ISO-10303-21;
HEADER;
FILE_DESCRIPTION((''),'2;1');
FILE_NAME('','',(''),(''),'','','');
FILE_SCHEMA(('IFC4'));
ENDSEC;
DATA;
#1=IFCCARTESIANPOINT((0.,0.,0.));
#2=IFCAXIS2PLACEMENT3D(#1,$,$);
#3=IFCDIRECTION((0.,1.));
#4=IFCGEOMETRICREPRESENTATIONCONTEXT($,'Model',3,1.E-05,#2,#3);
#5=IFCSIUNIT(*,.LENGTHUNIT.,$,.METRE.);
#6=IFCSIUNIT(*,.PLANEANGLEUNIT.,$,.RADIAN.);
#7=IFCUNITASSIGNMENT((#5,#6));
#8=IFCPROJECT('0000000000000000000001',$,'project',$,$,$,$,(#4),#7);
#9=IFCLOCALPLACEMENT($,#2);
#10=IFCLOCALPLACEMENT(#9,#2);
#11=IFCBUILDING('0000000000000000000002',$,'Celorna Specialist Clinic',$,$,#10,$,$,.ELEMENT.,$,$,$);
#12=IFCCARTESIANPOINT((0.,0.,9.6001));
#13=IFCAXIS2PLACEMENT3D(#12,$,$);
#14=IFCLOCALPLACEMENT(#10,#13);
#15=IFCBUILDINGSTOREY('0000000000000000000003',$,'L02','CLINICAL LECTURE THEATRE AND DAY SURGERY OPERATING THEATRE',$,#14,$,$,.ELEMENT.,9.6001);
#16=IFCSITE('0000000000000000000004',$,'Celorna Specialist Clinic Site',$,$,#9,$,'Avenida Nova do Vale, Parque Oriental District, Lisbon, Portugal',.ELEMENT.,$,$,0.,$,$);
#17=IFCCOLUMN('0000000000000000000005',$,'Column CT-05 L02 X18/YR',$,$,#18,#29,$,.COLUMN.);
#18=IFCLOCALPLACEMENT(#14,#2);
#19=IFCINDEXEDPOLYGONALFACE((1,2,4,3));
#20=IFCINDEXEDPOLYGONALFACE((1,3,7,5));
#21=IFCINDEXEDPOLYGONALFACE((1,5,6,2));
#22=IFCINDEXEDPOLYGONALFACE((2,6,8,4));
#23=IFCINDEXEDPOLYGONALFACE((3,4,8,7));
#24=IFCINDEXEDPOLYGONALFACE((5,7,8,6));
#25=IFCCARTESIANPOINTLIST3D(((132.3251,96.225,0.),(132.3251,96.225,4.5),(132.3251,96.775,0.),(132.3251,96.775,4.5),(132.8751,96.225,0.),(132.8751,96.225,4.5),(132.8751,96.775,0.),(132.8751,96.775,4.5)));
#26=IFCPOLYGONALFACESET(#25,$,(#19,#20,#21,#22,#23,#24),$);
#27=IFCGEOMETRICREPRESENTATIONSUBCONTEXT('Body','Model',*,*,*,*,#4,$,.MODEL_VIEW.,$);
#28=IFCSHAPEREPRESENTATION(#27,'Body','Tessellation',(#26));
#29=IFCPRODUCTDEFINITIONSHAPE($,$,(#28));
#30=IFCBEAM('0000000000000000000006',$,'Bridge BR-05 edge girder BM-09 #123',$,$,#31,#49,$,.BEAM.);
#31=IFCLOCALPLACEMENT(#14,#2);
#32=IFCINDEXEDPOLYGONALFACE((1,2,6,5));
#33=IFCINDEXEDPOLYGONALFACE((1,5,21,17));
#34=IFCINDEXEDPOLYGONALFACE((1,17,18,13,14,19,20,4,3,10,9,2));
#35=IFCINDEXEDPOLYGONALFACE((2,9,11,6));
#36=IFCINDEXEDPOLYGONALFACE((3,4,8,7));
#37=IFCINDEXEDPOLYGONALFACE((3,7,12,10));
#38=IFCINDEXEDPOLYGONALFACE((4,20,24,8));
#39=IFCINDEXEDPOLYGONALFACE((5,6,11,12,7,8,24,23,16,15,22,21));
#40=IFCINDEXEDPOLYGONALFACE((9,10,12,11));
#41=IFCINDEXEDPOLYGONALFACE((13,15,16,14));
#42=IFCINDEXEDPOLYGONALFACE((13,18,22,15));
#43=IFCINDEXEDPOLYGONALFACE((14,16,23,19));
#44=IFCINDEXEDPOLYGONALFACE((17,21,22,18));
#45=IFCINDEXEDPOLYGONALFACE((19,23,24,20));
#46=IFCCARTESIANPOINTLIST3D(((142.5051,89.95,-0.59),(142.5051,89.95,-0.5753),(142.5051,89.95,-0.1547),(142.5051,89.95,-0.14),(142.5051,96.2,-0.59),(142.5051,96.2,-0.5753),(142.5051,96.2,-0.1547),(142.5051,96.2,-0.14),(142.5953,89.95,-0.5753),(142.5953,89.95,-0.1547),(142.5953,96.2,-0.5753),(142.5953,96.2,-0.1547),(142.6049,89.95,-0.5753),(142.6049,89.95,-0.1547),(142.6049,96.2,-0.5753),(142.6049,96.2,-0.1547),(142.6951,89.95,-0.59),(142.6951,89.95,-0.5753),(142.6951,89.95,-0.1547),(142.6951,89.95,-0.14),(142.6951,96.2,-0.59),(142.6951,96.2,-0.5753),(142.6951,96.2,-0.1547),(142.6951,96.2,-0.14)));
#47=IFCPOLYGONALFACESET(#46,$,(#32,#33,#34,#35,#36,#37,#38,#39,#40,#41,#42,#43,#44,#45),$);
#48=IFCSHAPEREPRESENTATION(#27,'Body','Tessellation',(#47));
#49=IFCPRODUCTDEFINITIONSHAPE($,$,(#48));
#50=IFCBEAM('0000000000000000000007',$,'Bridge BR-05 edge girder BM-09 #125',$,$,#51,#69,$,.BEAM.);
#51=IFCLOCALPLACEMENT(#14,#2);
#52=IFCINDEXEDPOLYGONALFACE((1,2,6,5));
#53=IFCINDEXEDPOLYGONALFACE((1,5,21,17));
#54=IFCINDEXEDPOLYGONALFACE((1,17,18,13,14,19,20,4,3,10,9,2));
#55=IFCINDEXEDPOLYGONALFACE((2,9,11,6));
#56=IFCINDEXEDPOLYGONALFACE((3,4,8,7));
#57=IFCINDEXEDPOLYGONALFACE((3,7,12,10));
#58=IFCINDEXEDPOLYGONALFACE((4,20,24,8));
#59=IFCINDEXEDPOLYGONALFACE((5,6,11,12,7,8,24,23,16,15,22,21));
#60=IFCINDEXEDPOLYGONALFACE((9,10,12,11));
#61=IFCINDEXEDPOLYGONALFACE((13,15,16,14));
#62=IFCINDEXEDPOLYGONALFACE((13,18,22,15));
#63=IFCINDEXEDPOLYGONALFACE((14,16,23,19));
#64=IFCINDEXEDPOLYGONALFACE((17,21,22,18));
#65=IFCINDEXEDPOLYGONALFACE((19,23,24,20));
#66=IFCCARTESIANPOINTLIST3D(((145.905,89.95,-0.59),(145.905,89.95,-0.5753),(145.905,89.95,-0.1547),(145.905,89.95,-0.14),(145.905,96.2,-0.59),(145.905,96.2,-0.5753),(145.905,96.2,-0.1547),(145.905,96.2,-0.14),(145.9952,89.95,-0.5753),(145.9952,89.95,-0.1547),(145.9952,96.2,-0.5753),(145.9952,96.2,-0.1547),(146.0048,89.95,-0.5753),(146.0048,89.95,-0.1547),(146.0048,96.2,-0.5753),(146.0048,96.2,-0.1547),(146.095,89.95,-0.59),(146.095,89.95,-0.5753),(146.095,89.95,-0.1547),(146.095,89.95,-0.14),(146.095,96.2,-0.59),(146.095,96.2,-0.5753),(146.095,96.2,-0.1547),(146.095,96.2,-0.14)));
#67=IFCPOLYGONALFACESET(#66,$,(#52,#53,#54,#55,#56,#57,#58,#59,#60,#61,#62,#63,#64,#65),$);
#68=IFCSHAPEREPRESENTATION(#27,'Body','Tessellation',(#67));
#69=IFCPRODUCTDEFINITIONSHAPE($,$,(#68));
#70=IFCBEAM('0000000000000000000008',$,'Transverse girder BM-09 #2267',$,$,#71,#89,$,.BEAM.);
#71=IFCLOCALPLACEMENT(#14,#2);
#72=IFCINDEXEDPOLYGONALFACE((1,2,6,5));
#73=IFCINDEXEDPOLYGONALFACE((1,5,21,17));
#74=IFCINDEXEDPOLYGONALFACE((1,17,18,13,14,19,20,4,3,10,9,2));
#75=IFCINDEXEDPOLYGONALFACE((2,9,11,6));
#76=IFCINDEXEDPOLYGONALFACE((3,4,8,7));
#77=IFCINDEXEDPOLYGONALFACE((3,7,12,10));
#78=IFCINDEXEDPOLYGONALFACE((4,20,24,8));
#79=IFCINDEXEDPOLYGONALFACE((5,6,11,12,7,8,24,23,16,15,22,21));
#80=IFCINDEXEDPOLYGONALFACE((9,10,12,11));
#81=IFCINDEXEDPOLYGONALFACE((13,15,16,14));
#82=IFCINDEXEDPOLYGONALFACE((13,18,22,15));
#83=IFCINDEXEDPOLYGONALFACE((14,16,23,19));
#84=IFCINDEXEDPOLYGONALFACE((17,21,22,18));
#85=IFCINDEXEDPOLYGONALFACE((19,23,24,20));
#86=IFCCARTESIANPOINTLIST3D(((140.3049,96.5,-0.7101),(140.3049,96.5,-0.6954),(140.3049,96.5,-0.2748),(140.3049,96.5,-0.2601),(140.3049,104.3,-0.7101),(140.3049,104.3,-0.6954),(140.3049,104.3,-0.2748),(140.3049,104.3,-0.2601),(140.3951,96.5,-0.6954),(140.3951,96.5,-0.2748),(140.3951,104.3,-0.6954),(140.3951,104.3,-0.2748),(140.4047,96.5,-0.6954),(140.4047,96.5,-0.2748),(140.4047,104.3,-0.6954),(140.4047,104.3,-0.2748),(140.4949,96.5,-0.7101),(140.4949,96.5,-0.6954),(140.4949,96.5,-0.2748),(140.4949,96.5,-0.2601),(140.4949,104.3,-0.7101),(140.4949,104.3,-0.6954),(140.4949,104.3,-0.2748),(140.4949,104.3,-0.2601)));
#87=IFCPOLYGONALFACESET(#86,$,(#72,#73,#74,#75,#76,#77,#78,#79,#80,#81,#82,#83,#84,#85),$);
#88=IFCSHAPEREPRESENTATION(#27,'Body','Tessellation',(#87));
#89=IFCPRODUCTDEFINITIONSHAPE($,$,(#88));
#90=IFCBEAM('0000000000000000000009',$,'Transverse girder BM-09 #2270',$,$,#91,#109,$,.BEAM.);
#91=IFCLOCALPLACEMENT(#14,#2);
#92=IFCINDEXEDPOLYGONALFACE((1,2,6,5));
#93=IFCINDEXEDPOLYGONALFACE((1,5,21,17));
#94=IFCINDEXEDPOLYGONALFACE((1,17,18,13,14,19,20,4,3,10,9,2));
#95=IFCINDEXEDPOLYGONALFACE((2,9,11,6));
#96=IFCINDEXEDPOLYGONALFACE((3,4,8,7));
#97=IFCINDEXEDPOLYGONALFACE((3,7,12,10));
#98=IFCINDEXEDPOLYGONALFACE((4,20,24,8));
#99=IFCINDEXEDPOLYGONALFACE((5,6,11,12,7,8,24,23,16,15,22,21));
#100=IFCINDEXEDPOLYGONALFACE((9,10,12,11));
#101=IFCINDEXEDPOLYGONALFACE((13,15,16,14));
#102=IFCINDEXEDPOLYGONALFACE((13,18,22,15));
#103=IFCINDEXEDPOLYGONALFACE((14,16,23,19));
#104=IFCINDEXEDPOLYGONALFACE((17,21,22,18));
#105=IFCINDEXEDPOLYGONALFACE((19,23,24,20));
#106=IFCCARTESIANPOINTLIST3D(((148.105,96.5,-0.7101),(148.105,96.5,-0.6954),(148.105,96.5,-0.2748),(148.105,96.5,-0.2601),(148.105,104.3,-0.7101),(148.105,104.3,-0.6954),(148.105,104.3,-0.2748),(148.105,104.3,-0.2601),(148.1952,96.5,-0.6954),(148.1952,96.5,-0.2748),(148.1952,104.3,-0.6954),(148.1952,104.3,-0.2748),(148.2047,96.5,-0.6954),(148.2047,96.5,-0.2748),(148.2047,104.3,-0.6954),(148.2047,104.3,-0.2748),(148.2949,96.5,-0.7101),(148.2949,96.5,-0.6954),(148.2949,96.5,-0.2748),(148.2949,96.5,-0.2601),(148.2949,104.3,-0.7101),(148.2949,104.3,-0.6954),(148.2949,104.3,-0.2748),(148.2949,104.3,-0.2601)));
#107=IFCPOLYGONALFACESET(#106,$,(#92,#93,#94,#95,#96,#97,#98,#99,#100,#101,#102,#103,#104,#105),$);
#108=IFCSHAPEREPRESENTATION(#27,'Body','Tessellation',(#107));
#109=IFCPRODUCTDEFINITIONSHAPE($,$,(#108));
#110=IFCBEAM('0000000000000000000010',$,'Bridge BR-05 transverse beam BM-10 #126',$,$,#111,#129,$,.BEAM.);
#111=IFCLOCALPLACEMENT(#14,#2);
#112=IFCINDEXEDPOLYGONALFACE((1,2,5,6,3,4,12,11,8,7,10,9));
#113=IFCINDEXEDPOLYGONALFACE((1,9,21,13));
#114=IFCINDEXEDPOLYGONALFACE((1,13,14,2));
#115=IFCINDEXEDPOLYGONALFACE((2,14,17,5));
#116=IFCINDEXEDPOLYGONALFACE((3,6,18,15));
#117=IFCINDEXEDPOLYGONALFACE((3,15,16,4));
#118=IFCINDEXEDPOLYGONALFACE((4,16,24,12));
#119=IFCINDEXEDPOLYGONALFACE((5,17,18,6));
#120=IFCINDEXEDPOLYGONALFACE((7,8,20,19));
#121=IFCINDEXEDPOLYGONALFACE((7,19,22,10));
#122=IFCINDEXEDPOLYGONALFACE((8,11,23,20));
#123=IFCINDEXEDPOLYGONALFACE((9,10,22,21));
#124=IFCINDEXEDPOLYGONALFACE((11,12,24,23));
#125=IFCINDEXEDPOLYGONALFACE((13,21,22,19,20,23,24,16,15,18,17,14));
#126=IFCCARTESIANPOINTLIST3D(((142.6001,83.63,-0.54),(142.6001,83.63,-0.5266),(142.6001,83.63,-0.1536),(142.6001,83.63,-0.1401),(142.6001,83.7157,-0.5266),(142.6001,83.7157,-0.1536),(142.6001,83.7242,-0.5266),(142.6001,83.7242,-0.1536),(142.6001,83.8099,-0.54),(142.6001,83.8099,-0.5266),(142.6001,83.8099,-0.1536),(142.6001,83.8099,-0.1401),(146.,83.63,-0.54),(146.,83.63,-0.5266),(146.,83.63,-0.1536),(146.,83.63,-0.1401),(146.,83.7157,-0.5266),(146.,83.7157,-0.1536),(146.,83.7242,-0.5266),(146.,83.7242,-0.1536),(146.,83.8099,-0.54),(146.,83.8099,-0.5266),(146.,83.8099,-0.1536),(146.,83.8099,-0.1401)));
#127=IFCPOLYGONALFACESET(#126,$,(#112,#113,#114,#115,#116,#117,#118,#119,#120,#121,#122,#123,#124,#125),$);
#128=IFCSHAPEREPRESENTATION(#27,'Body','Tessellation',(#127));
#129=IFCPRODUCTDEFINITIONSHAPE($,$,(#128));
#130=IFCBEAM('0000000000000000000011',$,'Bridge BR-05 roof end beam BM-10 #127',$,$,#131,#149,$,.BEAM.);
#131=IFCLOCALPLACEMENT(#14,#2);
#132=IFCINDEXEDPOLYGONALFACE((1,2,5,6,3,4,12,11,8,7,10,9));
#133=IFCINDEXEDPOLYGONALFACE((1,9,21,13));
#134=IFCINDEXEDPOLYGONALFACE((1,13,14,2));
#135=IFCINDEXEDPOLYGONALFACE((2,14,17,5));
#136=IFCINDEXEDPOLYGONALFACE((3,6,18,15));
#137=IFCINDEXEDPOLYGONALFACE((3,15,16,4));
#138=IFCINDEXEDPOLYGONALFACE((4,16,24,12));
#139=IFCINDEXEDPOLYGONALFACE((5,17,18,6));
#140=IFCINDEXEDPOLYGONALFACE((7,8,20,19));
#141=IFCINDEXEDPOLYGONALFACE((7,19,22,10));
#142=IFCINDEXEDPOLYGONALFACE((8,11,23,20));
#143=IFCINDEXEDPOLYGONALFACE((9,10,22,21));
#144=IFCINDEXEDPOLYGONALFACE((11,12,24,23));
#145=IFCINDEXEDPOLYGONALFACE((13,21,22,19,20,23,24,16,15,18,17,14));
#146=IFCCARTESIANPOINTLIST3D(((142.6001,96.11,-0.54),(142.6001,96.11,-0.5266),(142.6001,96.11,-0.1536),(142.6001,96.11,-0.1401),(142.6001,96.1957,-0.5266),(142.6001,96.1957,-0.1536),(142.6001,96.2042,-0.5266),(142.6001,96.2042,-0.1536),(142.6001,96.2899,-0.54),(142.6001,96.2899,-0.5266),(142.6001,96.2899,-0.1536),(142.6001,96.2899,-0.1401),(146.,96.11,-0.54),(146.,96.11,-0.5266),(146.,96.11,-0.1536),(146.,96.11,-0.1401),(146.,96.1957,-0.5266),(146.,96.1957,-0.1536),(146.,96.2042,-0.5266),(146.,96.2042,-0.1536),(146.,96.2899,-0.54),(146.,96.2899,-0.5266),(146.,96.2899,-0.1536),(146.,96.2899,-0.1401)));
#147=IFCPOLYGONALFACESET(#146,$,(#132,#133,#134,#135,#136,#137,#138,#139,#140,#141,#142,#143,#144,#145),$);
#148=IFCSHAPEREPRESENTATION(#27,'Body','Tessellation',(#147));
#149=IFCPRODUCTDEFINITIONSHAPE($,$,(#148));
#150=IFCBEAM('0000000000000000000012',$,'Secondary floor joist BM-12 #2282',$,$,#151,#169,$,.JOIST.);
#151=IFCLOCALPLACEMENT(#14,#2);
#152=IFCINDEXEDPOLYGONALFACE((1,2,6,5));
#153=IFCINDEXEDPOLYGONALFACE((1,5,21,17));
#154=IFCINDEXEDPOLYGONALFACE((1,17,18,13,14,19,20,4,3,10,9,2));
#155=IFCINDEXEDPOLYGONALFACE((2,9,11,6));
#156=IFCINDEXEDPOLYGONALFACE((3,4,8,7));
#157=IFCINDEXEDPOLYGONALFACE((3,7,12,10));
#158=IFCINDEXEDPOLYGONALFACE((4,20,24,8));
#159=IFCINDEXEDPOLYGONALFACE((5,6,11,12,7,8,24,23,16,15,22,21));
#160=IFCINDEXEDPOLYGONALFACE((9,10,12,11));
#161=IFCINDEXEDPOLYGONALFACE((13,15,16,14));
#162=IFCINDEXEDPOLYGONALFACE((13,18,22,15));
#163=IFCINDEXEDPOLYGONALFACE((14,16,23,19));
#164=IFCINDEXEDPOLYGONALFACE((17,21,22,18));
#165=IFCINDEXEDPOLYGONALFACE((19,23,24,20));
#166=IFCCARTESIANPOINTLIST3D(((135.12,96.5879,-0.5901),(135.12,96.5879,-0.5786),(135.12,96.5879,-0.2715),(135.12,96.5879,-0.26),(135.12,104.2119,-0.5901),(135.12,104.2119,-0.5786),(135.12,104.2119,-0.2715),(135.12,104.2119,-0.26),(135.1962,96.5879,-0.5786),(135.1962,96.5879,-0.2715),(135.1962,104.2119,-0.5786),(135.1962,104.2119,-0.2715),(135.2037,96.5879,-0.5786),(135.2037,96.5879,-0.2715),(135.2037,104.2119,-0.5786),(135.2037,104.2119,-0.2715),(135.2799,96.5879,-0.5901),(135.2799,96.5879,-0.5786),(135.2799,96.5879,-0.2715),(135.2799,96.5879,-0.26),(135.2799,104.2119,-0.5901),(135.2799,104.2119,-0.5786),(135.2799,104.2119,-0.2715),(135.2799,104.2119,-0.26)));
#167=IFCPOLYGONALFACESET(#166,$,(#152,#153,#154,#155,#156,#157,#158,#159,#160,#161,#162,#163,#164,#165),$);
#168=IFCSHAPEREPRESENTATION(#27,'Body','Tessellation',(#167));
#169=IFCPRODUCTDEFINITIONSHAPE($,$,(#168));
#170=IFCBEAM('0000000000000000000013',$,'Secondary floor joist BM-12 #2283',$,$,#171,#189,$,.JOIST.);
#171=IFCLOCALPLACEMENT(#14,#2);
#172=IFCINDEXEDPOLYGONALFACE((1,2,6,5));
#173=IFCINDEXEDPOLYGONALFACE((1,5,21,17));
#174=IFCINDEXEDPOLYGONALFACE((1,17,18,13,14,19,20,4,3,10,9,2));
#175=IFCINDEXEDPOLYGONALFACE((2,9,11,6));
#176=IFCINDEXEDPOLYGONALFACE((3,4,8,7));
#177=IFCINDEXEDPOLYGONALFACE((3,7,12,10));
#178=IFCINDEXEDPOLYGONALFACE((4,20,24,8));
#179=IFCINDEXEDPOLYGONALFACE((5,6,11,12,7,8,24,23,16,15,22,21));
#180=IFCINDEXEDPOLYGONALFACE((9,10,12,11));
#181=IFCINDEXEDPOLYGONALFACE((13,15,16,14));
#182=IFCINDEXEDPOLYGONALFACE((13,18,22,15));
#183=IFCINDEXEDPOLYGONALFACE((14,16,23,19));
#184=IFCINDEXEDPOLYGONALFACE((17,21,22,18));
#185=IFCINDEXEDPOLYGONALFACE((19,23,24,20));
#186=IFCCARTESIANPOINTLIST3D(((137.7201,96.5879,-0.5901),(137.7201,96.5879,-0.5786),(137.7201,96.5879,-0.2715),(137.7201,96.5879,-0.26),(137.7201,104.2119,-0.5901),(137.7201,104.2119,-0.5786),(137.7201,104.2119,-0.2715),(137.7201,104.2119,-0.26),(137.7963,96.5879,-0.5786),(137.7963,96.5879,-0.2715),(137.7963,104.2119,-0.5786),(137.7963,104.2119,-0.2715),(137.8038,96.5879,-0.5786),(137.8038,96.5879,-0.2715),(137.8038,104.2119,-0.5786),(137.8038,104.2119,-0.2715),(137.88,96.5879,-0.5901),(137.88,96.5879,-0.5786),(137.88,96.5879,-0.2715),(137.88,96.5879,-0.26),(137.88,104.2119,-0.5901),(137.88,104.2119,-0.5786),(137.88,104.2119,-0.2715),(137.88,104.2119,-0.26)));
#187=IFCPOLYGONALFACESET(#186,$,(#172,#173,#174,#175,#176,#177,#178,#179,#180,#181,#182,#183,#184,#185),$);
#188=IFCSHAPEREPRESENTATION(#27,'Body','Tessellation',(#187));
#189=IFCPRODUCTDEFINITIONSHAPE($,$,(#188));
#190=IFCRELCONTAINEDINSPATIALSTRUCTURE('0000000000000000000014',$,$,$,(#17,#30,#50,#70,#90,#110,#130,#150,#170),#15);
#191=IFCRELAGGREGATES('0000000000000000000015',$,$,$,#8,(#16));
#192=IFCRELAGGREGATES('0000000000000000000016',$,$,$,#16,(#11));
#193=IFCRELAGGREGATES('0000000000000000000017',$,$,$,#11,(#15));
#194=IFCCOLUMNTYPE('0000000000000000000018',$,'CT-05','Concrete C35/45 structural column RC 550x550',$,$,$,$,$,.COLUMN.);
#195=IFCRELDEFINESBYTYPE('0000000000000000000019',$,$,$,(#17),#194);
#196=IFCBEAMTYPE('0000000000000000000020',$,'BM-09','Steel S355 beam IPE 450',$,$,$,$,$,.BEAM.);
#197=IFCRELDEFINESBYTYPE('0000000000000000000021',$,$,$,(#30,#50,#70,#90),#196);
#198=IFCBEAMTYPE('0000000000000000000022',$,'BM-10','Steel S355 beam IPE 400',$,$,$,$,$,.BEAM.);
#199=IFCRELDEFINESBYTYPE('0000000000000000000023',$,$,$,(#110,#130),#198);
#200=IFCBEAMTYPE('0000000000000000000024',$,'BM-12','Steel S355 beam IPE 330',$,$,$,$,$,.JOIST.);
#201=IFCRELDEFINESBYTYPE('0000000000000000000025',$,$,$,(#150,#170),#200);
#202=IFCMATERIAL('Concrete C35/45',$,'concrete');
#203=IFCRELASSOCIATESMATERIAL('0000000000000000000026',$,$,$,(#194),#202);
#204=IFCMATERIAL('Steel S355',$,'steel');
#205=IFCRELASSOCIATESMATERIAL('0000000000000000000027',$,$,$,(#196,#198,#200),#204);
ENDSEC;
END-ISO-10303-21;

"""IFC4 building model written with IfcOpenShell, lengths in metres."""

from ifc_helpers import new_model, si_unit, direction, frame, origin, origin_2d, place, context, subcontext, project, spatial, rectangle, i_section, extrude, material, material_profile, profile_set, type_object, element, save


model = new_model("IFC4")

# Units and contexts
model_context = context("Model", 3, precision=1e-05, world=origin(), true_north=direction((0.0, 1.0)))
body_context = subcontext(model_context, "Body", "Model", "MODEL_VIEW")
ifc_project = project(units=[si_unit("LENGTHUNIT", "METRE"), si_unit("PLANEANGLEUNIT", "RADIAN")], contexts=[model_context])

# Site, building, storey
site_placement = place(None, origin())
site = spatial("IfcSite", under=ifc_project, at=site_placement, Name="Celorna Specialist Clinic Site", LongName="Avenida Nova do Vale, Parque Oriental District, Lisbon, Portugal", CompositionType="ELEMENT", RefElevation=0.0)
building_placement = place(site_placement, origin())
building = spatial("IfcBuilding", under=site, at=building_placement, Name="Celorna Specialist Clinic", CompositionType="ELEMENT")
storey_placement = place(building_placement, frame((0.0, 0.0, 9.6001)))
storey = spatial("IfcBuildingStorey", under=building, at=storey_placement, Name="L02", Description="CLINICAL LECTURE THEATRE AND DAY SURGERY OPERATING THEATRE", CompositionType="ELEMENT", Elevation=9.6001)

# Column
ifc_material_1 = material(Name="Concrete C35/45", Category="concrete")
ifc_material_profile_1 = material_profile(ifc_material_1, rectangle(XDim=0.55, YDim=0.55, at=origin_2d()), Name="RC 550x550")
ifc_profile_set_1 = profile_set([ifc_material_profile_1], Name="Concrete C35/45")
column_type = type_object("IfcColumnType", Name="CT-05", Description="Concrete C35/45 structural column RC 550x550", PredefinedType="COLUMN", material=ifc_profile_set_1)
column_placement = place(storey_placement, frame((132.6001, 96.5, 0.0), z_axis=(0.0, 0.0, 1.0), x_axis=(1.0, 0.0, 0.0)))
element("IfcColumn", 1, at=column_placement, inside=storey, type_object=column_type, Name="Column CT-05 L02 X18/YR", PredefinedType="COLUMN", context=body_context, shape_type="SweptSolid", body=[
    extrude(rectangle(XDim=0.55, YDim=0.55, at=origin_2d()), origin(), (0.0, 0.0, 1.0), 4.5),
])

# Beams
ifc_material_2 = material(Name="Steel S355", Category="steel")
ifc_material_profile_2 = material_profile(ifc_material_2, i_section(OverallWidth=0.1899, OverallDepth=0.45, WebThickness=0.0095, FlangeThickness=0.0146, at=origin_2d()), Name="IPE 450")
ifc_profile_set_2 = profile_set([ifc_material_profile_2], Name="Steel S355")
beam_type_1 = type_object("IfcBeamType", Name="BM-09", Description="Steel S355 beam IPE 450", PredefinedType="BEAM", material=ifc_profile_set_2)
for number, where, z_axis, x_axis, name in (
    (2, (142.6001, 89.95, -0.365), (0.0, 1.0, 0.0), (-1.0, 0.0, 0.0), "Bridge BR-05 edge girder BM-09 #123"),
    (3, (146.0, 89.95, -0.365), (0.0, 1.0, 0.0), (-1.0, 0.0, 0.0), "Bridge BR-05 edge girder BM-09 #125"),
):
    element("IfcBeam", number, at=place(storey_placement, frame(where, z_axis=z_axis, x_axis=x_axis)), inside=storey, type_object=beam_type_1, Name=name, PredefinedType="BEAM", context=body_context, shape_type="SweptSolid", body=[
        extrude(i_section(OverallWidth=0.1899, OverallDepth=0.45, WebThickness=0.0095, FlangeThickness=0.0146, at=origin_2d()), origin(), (0.0, 0.0, 1.0), 6.25),
    ])
for number, where, z_axis, x_axis, name in (
    (4, (140.3999, 96.5, -0.4851), (0.0, 1.0, 0.0), (-1.0, 0.0, 0.0), "Transverse girder BM-09 #2267"),
    (5, (148.2, 96.5, -0.4851), (0.0, 1.0, 0.0), (-1.0, 0.0, 0.0), "Transverse girder BM-09 #2270"),
):
    element("IfcBeam", number, at=place(storey_placement, frame(where, z_axis=z_axis, x_axis=x_axis)), inside=storey, type_object=beam_type_1, Name=name, PredefinedType="BEAM", context=body_context, shape_type="SweptSolid", body=[
        extrude(i_section(OverallWidth=0.1899, OverallDepth=0.45, WebThickness=0.0095, FlangeThickness=0.0146, at=origin_2d()), origin(), (0.0, 0.0, 1.0), 7.8),
    ])
ifc_material_profile_3 = material_profile(ifc_material_2, i_section(OverallWidth=0.1799, OverallDepth=0.3999, WebThickness=0.0085, FlangeThickness=0.0134, at=origin_2d()), Name="IPE 400")
ifc_profile_set_3 = profile_set([ifc_material_profile_3], Name="Steel S355")
beam_type_2 = type_object("IfcBeamType", Name="BM-10", Description="Steel S355 beam IPE 400", PredefinedType="BEAM", material=ifc_profile_set_3)
for number, where, z_axis, x_axis, name in (
    (6, (142.6001, 83.72, -0.3401), (1.0, 0.0, 0.0), (0.0, 1.0, 0.0), "Bridge BR-05 transverse beam BM-10 #126"),
    (7, (142.6001, 96.2, -0.3401), (1.0, 0.0, 0.0), (0.0, 1.0, 0.0), "Bridge BR-05 roof end beam BM-10 #127"),
):
    element("IfcBeam", number, at=place(storey_placement, frame(where, z_axis=z_axis, x_axis=x_axis)), inside=storey, type_object=beam_type_2, Name=name, PredefinedType="BEAM", context=body_context, shape_type="SweptSolid", body=[
        extrude(i_section(OverallWidth=0.1799, OverallDepth=0.3999, WebThickness=0.0085, FlangeThickness=0.0134, at=origin_2d()), origin(), (0.0, 0.0, 1.0), 3.3999),
    ])
ifc_material_profile_4 = material_profile(ifc_material_2, i_section(OverallWidth=0.1599, OverallDepth=0.3301, WebThickness=0.0076, FlangeThickness=0.0115, at=origin_2d()), Name="IPE 330")
ifc_profile_set_4 = profile_set([ifc_material_profile_4], Name="Steel S355")
beam_type_3 = type_object("IfcBeamType", Name="BM-12", Description="Steel S355 beam IPE 330", PredefinedType="JOIST", material=ifc_profile_set_4)
for number, where, z_axis, x_axis, name in (
    (8, (135.2, 96.5879, -0.425), (0.0, 1.0, 0.0), (-1.0, 0.0, 0.0), "Secondary floor joist BM-12 #2282"),
    (9, (137.8, 96.5879, -0.425), (0.0, 1.0, 0.0), (-1.0, 0.0, 0.0), "Secondary floor joist BM-12 #2283"),
):
    element("IfcBeam", number, at=place(storey_placement, frame(where, z_axis=z_axis, x_axis=x_axis)), inside=storey, type_object=beam_type_3, Name=name, PredefinedType="JOIST", context=body_context, shape_type="SweptSolid", body=[
        extrude(i_section(OverallWidth=0.1599, OverallDepth=0.3301, WebThickness=0.0076, FlangeThickness=0.0115, at=origin_2d()), origin(), (0.0, 0.0, 1.0), 7.624),
    ])

save(model, "model.ifc")
